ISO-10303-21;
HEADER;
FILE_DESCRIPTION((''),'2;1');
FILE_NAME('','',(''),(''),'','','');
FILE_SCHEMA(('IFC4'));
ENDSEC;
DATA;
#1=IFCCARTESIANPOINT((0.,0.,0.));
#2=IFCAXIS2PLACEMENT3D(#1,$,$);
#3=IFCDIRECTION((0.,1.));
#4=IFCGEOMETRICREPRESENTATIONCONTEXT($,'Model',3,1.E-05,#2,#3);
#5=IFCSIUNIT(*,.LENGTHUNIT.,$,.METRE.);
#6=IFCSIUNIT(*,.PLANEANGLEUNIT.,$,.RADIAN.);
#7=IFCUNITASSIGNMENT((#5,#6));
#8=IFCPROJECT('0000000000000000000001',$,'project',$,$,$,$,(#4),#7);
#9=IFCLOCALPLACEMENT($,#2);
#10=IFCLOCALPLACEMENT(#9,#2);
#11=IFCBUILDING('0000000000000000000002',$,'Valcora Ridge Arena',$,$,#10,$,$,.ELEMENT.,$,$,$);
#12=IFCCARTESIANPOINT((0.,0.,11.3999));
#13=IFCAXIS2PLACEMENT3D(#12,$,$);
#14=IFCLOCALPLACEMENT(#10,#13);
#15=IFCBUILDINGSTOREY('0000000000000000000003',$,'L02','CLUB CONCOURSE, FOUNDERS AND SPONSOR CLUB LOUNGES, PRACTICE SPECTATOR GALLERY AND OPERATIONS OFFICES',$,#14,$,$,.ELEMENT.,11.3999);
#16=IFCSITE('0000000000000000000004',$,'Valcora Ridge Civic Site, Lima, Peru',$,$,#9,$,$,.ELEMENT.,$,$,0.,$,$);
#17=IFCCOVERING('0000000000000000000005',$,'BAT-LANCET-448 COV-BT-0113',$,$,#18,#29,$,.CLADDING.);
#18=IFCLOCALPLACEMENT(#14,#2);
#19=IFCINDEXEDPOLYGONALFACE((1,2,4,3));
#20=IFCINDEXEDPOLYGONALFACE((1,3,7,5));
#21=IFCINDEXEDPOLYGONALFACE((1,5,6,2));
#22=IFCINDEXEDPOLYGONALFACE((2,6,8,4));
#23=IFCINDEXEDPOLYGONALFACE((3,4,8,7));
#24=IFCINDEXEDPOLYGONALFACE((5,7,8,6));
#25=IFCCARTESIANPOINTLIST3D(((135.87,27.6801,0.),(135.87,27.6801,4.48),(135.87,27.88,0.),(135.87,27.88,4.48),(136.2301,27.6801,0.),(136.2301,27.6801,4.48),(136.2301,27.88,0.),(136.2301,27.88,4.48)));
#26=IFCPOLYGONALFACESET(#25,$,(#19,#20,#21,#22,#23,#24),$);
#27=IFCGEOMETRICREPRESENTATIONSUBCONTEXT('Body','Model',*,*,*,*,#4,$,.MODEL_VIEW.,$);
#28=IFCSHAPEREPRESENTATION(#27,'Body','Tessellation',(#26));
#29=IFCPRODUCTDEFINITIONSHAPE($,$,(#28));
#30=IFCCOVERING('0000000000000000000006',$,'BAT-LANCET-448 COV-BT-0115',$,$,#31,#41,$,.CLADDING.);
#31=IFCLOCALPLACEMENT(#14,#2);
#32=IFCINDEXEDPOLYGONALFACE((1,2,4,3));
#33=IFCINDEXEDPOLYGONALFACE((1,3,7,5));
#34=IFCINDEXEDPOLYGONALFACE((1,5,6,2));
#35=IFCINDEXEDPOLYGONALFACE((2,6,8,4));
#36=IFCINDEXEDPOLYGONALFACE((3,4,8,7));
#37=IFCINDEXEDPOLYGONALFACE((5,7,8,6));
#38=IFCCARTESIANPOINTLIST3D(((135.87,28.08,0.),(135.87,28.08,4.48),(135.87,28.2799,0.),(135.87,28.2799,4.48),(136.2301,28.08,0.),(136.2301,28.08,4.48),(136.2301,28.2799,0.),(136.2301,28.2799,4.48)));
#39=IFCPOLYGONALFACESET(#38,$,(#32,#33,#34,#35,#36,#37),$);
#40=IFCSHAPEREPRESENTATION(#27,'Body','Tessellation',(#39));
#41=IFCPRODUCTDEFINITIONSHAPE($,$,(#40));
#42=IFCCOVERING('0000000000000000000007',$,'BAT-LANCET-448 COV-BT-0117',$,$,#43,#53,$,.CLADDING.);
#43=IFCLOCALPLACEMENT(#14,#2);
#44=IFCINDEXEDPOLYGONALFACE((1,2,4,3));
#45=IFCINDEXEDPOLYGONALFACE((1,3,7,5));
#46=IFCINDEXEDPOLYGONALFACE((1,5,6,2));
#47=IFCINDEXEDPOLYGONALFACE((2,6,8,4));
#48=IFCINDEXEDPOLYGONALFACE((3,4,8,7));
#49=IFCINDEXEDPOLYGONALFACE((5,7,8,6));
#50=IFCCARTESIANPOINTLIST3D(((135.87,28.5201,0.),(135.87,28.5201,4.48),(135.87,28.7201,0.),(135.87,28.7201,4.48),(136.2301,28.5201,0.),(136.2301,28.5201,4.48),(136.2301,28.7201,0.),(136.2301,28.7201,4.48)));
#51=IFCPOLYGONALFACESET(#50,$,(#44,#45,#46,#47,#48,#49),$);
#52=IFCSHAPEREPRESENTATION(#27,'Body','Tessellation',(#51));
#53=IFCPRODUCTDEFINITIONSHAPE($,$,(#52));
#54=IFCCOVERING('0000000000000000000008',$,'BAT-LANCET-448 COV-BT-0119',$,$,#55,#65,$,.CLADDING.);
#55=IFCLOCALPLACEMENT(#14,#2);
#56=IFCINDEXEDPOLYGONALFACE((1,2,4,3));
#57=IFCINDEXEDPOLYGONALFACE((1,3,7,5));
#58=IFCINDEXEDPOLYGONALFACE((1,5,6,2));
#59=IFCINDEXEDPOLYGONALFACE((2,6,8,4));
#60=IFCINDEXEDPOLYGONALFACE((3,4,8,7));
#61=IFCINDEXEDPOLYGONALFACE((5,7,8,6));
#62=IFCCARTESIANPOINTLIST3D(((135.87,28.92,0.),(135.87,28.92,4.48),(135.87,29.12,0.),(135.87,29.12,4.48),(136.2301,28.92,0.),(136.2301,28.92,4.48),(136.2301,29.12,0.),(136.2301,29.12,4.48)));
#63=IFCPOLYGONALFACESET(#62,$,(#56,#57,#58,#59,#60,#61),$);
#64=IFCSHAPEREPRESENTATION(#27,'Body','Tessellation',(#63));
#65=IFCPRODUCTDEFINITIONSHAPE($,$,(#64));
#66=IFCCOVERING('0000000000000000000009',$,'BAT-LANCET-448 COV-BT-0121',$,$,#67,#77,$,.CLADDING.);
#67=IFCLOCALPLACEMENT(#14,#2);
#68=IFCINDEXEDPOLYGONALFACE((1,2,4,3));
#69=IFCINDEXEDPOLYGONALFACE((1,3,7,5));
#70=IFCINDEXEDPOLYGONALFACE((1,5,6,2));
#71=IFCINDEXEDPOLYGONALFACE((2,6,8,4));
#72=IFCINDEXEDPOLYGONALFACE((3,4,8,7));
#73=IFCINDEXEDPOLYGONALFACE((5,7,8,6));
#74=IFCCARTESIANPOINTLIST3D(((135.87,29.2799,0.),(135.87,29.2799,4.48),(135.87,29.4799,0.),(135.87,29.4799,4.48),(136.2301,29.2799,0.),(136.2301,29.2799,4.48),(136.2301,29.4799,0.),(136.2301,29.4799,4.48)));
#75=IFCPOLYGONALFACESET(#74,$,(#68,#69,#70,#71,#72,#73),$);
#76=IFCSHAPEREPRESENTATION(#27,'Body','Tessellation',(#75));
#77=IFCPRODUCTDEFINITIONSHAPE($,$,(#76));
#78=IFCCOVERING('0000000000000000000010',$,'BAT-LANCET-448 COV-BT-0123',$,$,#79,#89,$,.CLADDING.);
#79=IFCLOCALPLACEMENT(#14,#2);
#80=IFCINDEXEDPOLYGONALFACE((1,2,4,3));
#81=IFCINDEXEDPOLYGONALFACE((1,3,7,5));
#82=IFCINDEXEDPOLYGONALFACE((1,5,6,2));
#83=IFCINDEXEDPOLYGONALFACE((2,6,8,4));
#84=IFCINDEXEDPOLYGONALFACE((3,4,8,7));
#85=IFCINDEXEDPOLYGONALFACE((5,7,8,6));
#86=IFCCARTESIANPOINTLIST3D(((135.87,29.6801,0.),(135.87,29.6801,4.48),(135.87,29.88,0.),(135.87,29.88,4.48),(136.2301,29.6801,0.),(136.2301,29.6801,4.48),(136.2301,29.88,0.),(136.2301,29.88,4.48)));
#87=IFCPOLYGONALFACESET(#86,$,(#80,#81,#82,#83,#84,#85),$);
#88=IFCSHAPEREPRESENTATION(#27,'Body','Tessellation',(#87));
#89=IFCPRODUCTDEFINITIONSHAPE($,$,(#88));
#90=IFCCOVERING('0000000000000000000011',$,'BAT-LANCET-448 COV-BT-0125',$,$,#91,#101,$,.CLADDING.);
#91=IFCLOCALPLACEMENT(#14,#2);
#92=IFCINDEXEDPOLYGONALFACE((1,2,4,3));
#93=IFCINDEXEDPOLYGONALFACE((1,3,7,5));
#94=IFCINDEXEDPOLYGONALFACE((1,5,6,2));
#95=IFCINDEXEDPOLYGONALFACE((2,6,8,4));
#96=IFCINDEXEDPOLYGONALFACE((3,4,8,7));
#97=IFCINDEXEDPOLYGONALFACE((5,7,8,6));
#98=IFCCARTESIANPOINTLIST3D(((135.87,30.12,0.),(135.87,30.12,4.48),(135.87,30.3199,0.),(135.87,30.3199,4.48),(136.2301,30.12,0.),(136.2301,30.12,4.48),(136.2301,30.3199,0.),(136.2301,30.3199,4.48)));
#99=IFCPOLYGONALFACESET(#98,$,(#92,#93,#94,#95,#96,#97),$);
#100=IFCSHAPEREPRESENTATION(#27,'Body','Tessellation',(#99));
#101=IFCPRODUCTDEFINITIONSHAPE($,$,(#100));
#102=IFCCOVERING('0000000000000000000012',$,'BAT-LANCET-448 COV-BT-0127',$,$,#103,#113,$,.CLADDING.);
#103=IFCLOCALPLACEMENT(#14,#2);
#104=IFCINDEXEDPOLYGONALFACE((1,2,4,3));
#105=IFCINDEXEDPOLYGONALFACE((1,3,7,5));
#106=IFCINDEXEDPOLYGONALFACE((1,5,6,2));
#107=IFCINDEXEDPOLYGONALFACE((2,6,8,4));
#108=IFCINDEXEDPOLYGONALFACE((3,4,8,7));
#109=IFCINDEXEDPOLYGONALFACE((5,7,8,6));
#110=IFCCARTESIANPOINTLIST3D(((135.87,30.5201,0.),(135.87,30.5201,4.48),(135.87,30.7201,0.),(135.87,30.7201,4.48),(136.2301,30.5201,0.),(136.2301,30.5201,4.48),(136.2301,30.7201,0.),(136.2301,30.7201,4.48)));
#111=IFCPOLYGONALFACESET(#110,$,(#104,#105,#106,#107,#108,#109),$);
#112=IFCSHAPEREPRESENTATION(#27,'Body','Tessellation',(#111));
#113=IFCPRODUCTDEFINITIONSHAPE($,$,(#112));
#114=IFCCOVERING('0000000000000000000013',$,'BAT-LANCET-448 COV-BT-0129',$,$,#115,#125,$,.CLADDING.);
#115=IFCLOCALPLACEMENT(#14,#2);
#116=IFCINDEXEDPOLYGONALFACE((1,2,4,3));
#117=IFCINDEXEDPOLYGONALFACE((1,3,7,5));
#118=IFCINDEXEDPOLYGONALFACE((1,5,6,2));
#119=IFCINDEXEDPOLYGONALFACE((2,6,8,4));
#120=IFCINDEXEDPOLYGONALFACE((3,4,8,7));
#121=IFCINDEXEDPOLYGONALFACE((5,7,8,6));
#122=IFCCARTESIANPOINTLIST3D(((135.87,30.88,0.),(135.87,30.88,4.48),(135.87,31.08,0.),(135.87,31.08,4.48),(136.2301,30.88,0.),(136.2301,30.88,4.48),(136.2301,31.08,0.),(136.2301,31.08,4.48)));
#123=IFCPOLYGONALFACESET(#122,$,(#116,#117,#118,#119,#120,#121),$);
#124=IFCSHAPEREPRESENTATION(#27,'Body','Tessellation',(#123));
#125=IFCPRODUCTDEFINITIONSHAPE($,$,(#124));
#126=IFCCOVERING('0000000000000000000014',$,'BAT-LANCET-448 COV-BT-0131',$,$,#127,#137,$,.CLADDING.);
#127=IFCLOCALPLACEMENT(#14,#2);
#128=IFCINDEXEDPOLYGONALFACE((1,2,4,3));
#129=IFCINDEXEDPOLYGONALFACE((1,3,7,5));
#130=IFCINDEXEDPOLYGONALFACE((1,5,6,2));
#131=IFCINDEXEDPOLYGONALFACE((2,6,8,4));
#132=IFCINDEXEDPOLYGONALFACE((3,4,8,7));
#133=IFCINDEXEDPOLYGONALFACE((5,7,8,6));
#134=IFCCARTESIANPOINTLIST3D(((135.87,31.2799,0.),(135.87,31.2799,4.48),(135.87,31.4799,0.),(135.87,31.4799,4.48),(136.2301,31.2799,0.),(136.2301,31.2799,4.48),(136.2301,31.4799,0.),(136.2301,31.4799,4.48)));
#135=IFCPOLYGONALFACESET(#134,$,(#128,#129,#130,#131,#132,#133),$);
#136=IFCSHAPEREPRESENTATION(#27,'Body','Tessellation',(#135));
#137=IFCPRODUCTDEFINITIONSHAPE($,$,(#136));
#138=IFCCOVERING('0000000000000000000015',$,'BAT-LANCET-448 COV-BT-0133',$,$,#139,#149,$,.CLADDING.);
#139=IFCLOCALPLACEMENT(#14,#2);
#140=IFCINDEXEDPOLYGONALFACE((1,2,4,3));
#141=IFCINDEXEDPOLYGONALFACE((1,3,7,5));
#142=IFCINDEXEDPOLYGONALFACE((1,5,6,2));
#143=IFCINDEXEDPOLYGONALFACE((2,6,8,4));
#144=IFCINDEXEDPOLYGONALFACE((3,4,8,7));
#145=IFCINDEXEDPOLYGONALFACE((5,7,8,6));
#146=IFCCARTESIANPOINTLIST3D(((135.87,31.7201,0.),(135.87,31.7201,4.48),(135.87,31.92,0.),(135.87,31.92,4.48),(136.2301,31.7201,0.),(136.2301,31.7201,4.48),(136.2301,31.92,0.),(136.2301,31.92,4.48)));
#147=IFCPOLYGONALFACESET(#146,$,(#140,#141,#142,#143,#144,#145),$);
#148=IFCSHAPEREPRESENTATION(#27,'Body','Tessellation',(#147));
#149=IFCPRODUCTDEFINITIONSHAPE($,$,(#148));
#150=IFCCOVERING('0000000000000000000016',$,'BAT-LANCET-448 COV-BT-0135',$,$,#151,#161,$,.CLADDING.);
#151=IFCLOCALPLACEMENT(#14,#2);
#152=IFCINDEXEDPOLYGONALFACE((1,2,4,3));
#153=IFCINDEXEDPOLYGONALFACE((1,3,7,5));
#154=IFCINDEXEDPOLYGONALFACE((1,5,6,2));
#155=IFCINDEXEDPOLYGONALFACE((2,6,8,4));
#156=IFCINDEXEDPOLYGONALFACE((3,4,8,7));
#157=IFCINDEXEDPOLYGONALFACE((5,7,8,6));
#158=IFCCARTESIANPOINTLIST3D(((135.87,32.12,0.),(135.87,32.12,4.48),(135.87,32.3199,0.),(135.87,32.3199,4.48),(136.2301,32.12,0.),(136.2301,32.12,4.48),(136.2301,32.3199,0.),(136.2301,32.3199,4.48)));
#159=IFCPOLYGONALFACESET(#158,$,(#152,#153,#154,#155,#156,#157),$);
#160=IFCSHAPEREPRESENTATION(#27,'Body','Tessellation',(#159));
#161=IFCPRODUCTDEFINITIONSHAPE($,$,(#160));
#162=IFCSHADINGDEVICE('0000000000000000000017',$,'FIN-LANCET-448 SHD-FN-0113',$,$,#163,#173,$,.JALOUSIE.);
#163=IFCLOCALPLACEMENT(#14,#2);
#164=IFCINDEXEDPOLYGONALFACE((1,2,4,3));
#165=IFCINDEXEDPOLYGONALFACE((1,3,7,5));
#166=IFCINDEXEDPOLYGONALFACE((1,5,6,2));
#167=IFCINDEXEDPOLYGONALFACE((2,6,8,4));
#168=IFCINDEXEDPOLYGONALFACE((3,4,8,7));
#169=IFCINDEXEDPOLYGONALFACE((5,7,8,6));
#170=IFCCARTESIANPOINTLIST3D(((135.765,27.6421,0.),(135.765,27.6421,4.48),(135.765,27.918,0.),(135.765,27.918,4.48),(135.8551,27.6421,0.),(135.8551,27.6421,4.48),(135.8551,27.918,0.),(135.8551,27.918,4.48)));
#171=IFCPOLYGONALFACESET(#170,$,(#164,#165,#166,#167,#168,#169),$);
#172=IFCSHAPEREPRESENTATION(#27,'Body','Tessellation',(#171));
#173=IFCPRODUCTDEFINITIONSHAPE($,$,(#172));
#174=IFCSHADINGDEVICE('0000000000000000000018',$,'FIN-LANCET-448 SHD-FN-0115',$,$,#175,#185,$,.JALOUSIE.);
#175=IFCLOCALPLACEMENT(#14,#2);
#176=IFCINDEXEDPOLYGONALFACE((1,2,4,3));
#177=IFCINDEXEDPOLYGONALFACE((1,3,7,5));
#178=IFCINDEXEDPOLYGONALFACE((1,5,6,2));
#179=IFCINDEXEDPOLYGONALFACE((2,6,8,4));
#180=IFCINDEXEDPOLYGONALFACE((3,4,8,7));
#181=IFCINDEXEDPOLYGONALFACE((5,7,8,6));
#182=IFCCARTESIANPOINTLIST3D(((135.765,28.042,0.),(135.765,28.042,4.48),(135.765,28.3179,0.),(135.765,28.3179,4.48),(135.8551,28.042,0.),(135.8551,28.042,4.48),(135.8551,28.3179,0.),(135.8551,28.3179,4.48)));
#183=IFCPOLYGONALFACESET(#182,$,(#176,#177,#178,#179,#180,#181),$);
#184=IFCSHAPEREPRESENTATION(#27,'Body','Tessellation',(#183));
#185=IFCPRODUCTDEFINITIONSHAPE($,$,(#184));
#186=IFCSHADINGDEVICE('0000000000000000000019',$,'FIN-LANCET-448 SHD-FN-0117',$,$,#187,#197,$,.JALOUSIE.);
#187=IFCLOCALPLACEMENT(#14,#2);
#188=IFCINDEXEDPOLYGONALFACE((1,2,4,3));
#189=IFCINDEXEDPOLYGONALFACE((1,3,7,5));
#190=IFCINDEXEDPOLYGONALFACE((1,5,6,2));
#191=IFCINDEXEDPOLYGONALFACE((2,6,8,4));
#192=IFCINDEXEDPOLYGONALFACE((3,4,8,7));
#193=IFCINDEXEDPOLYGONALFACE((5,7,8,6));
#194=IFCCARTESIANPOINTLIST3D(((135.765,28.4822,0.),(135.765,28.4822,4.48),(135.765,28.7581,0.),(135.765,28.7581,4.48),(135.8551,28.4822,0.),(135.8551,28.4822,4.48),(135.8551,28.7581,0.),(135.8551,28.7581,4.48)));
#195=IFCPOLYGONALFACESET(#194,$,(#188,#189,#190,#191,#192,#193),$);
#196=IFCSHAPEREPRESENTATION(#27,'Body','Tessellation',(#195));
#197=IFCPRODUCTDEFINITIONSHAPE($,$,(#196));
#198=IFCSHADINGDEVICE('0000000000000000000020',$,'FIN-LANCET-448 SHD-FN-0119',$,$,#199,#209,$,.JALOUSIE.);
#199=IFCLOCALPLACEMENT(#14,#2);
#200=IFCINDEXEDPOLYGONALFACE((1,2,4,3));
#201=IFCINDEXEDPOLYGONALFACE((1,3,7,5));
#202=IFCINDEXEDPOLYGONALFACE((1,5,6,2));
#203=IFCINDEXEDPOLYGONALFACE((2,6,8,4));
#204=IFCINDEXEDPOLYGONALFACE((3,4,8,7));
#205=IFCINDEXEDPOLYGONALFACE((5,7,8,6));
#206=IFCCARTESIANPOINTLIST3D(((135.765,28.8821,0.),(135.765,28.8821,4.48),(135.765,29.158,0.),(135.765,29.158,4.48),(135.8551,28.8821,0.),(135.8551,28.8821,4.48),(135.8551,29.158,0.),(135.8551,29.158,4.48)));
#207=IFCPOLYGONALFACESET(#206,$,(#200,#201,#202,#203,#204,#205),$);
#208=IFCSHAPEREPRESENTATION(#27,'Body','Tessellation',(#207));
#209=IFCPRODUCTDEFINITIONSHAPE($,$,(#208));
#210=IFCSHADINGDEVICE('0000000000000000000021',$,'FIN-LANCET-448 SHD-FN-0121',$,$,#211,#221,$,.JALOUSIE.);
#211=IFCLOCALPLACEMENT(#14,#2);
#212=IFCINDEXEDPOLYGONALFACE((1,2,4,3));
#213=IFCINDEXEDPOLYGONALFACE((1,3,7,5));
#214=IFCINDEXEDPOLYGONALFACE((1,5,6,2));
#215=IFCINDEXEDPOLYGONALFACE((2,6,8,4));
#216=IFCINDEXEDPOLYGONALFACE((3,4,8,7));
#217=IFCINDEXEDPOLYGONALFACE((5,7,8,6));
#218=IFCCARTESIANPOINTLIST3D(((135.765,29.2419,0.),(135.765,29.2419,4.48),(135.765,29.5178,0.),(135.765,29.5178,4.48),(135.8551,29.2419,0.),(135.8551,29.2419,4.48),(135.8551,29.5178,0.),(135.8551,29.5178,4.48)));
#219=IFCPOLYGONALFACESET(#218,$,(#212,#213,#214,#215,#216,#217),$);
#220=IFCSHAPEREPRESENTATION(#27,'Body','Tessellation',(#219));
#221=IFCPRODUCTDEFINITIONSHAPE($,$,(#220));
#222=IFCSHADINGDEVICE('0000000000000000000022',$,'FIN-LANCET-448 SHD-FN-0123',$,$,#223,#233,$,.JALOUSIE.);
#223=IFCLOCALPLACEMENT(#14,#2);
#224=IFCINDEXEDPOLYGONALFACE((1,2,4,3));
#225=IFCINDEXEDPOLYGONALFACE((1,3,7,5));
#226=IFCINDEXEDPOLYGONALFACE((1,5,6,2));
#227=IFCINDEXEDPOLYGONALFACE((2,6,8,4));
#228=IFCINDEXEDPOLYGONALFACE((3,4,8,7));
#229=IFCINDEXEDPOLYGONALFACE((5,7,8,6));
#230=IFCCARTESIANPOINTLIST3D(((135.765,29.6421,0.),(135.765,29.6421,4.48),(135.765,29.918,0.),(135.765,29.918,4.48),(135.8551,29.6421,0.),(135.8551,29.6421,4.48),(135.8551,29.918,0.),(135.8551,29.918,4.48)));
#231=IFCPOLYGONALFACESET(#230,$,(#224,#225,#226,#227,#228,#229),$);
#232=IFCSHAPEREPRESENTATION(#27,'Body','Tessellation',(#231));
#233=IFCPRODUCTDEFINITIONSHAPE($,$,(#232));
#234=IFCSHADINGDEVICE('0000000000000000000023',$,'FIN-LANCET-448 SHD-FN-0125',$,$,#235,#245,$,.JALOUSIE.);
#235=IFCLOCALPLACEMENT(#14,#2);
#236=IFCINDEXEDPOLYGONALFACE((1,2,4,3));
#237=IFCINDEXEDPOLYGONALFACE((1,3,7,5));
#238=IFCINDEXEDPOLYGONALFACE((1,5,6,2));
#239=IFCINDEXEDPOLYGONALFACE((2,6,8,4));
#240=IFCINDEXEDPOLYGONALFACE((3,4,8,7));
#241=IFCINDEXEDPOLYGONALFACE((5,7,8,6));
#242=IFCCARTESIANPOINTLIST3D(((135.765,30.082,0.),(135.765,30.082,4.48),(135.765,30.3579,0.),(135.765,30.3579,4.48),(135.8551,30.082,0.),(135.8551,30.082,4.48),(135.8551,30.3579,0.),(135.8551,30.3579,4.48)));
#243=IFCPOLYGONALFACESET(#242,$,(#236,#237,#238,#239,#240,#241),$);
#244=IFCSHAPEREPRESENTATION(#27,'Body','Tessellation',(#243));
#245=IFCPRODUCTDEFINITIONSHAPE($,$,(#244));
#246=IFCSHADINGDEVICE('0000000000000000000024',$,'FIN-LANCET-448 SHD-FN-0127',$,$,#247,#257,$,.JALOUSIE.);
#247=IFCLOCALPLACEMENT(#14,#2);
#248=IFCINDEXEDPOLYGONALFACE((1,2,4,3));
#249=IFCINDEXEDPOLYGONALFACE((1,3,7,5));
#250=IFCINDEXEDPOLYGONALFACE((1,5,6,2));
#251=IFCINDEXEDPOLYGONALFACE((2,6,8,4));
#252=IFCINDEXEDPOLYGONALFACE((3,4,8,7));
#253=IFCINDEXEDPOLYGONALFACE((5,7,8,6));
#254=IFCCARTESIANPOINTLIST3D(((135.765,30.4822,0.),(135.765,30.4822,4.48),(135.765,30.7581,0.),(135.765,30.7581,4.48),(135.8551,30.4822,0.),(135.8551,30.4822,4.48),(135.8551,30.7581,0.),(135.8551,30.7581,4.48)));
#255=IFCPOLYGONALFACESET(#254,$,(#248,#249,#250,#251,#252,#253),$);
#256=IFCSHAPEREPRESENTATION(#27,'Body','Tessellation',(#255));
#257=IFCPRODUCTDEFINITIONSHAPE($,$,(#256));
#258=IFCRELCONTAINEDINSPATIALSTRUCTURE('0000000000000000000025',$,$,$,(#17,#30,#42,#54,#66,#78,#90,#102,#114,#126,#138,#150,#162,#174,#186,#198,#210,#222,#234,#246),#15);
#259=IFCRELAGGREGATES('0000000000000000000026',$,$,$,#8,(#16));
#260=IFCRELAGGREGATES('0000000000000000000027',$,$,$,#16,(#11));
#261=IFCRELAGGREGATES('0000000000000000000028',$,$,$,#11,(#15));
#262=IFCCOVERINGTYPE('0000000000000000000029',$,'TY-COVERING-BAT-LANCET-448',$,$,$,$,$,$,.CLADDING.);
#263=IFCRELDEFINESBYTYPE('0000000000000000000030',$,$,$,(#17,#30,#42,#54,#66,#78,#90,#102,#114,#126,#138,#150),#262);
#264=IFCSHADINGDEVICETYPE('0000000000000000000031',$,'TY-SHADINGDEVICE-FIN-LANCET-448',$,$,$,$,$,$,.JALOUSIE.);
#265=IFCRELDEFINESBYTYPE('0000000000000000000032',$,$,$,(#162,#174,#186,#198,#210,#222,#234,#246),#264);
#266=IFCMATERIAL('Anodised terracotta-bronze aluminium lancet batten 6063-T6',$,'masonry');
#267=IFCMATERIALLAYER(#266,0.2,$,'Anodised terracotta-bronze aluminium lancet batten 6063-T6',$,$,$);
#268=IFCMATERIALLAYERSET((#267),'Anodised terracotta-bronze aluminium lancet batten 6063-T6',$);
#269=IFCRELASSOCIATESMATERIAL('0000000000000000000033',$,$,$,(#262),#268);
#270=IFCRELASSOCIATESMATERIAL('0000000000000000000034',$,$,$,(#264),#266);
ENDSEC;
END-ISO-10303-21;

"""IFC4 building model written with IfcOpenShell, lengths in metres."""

from ifc_helpers import new_model, si_unit, direction, frame, origin, origin_2d, place, context, subcontext, project, spatial, rectangle, extrude, material, layer, layer_set, material_profile, profile_set, type_object, element, save


model = new_model("IFC4")

# Units and contexts
model_context = context("Model", 3, precision=1e-05, world=origin(), true_north=direction((0.0, 1.0)))
body_context = subcontext(model_context, "Body", "Model", "MODEL_VIEW")
ifc_project = project(units=[si_unit("LENGTHUNIT", "METRE"), si_unit("PLANEANGLEUNIT", "RADIAN")], contexts=[model_context])

# Site, building, storey
site_placement = place(None, origin())
site = spatial("IfcSite", under=ifc_project, at=site_placement, Name="Valcora Ridge Civic Site, Lima, Peru", CompositionType="ELEMENT", RefElevation=0.0)
building_placement = place(site_placement, origin())
building = spatial("IfcBuilding", under=site, at=building_placement, Name="Valcora Ridge Arena", CompositionType="ELEMENT")
storey_placement = place(building_placement, frame((0.0, 0.0, 11.3999)))
storey = spatial("IfcBuildingStorey", under=building, at=storey_placement, Name="L02", Description="CLUB CONCOURSE, FOUNDERS AND SPONSOR CLUB LOUNGES, PRACTICE SPECTATOR GALLERY AND OPERATIONS OFFICES", CompositionType="ELEMENT", Elevation=11.3999)

# Coverings
ifc_material_1 = material(Name="Anodised terracotta-bronze aluminium lancet batten 6063-T6", Category="masonry")
ifc_layer_1 = layer(ifc_material_1, 0.2, Name="Anodised terracotta-bronze aluminium lancet batten 6063-T6")
ifc_layer_set_1 = layer_set([ifc_layer_1], Name="Anodised terracotta-bronze aluminium lancet batten 6063-T6")
covering_type = type_object("IfcCoveringType", Name="TY-COVERING-BAT-LANCET-448", PredefinedType="CLADDING", material=ifc_layer_set_1)
for number, where, z_axis, x_axis, name in (
    (1, (136.05, 27.78, 0.0), (0.0, 0.0, 1.0), (1.0, 0.0, 0.0), "BAT-LANCET-448 COV-BT-0113"),
    (2, (136.05, 28.1799, 0.0), (0.0, 0.0, 1.0), (1.0, 0.0, 0.0), "BAT-LANCET-448 COV-BT-0115"),
    (3, (136.05, 28.6201, 0.0), (0.0, 0.0, 1.0), (1.0, 0.0, 0.0), "BAT-LANCET-448 COV-BT-0117"),
    (4, (136.05, 29.02, 0.0), (0.0, 0.0, 1.0), (1.0, 0.0, 0.0), "BAT-LANCET-448 COV-BT-0119"),
    (5, (136.05, 29.3799, 0.0), (0.0, 0.0, 1.0), (1.0, 0.0, 0.0), "BAT-LANCET-448 COV-BT-0121"),
    (6, (136.05, 29.78, 0.0), (0.0, 0.0, 1.0), (1.0, 0.0, 0.0), "BAT-LANCET-448 COV-BT-0123"),
    (7, (136.05, 30.22, 0.0), (0.0, 0.0, 1.0), (1.0, 0.0, 0.0), "BAT-LANCET-448 COV-BT-0125"),
    (8, (136.05, 30.6201, 0.0), (0.0, 0.0, 1.0), (1.0, 0.0, 0.0), "BAT-LANCET-448 COV-BT-0127"),
    (9, (136.05, 30.98, 0.0), (0.0, 0.0, 1.0), (1.0, 0.0, 0.0), "BAT-LANCET-448 COV-BT-0129"),
    (10, (136.05, 31.3799, 0.0), (0.0, 0.0, 1.0), (1.0, 0.0, 0.0), "BAT-LANCET-448 COV-BT-0131"),
    (11, (136.05, 31.8201, 0.0), (0.0, 0.0, 1.0), (1.0, 0.0, 0.0), "BAT-LANCET-448 COV-BT-0133"),
    (12, (136.05, 32.22, 0.0), (0.0, 0.0, 1.0), (1.0, 0.0, 0.0), "BAT-LANCET-448 COV-BT-0135"),
):
    element("IfcCovering", number, at=place(storey_placement, frame(where, z_axis=z_axis, x_axis=x_axis)), inside=storey, type_object=covering_type, Name=name, PredefinedType="CLADDING", context=body_context, shape_type="SweptSolid", body=[
        extrude(rectangle(XDim=0.3601, YDim=0.2, at=origin_2d()), origin(), (0.0, 0.0, 1.0), 4.48),
    ])

# Shading devices
ifc_material_profile = material_profile(ifc_material_1, rectangle(XDim=0.0901, YDim=0.2759, at=origin_2d()), Name="ALU LANCET BATTEN 90x276")
ifc_profile_set = profile_set([ifc_material_profile], Name="Anodised terracotta-bronze aluminium lancet batten 6063-T6")
shading_device_type = type_object("IfcShadingDeviceType", Name="TY-SHADINGDEVICE-FIN-LANCET-448", PredefinedType="JALOUSIE", material=ifc_profile_set)
for number, where, z_axis, x_axis, name in (
    (13, (135.8101, 27.78, 0.0), (0.0, 0.0, 1.0), (1.0, 0.0, 0.0), "FIN-LANCET-448 SHD-FN-0113"),
    (14, (135.8101, 28.1799, 0.0), (0.0, 0.0, 1.0), (1.0, 0.0, 0.0), "FIN-LANCET-448 SHD-FN-0115"),
    (15, (135.8101, 28.6201, 0.0), (0.0, 0.0, 1.0), (1.0, 0.0, 0.0), "FIN-LANCET-448 SHD-FN-0117"),
    (16, (135.8101, 29.02, 0.0), (0.0, 0.0, 1.0), (1.0, 0.0, 0.0), "FIN-LANCET-448 SHD-FN-0119"),
    (17, (135.8101, 29.3799, 0.0), (0.0, 0.0, 1.0), (1.0, 0.0, 0.0), "FIN-LANCET-448 SHD-FN-0121"),
    (18, (135.8101, 29.78, 0.0), (0.0, 0.0, 1.0), (1.0, 0.0, 0.0), "FIN-LANCET-448 SHD-FN-0123"),
    (19, (135.8101, 30.22, 0.0), (0.0, 0.0, 1.0), (1.0, 0.0, 0.0), "FIN-LANCET-448 SHD-FN-0125"),
    (20, (135.8101, 30.6201, 0.0), (0.0, 0.0, 1.0), (1.0, 0.0, 0.0), "FIN-LANCET-448 SHD-FN-0127"),
):
    element("IfcShadingDevice", number, at=place(storey_placement, frame(where, z_axis=z_axis, x_axis=x_axis)), inside=storey, type_object=shading_device_type, Name=name, PredefinedType="JALOUSIE", context=body_context, shape_type="SweptSolid", body=[
        extrude(rectangle(XDim=0.0901, YDim=0.2759, at=origin_2d()), origin(), (0.0, 0.0, 1.0), 4.48),
    ])

save(model, "model.ifc")
